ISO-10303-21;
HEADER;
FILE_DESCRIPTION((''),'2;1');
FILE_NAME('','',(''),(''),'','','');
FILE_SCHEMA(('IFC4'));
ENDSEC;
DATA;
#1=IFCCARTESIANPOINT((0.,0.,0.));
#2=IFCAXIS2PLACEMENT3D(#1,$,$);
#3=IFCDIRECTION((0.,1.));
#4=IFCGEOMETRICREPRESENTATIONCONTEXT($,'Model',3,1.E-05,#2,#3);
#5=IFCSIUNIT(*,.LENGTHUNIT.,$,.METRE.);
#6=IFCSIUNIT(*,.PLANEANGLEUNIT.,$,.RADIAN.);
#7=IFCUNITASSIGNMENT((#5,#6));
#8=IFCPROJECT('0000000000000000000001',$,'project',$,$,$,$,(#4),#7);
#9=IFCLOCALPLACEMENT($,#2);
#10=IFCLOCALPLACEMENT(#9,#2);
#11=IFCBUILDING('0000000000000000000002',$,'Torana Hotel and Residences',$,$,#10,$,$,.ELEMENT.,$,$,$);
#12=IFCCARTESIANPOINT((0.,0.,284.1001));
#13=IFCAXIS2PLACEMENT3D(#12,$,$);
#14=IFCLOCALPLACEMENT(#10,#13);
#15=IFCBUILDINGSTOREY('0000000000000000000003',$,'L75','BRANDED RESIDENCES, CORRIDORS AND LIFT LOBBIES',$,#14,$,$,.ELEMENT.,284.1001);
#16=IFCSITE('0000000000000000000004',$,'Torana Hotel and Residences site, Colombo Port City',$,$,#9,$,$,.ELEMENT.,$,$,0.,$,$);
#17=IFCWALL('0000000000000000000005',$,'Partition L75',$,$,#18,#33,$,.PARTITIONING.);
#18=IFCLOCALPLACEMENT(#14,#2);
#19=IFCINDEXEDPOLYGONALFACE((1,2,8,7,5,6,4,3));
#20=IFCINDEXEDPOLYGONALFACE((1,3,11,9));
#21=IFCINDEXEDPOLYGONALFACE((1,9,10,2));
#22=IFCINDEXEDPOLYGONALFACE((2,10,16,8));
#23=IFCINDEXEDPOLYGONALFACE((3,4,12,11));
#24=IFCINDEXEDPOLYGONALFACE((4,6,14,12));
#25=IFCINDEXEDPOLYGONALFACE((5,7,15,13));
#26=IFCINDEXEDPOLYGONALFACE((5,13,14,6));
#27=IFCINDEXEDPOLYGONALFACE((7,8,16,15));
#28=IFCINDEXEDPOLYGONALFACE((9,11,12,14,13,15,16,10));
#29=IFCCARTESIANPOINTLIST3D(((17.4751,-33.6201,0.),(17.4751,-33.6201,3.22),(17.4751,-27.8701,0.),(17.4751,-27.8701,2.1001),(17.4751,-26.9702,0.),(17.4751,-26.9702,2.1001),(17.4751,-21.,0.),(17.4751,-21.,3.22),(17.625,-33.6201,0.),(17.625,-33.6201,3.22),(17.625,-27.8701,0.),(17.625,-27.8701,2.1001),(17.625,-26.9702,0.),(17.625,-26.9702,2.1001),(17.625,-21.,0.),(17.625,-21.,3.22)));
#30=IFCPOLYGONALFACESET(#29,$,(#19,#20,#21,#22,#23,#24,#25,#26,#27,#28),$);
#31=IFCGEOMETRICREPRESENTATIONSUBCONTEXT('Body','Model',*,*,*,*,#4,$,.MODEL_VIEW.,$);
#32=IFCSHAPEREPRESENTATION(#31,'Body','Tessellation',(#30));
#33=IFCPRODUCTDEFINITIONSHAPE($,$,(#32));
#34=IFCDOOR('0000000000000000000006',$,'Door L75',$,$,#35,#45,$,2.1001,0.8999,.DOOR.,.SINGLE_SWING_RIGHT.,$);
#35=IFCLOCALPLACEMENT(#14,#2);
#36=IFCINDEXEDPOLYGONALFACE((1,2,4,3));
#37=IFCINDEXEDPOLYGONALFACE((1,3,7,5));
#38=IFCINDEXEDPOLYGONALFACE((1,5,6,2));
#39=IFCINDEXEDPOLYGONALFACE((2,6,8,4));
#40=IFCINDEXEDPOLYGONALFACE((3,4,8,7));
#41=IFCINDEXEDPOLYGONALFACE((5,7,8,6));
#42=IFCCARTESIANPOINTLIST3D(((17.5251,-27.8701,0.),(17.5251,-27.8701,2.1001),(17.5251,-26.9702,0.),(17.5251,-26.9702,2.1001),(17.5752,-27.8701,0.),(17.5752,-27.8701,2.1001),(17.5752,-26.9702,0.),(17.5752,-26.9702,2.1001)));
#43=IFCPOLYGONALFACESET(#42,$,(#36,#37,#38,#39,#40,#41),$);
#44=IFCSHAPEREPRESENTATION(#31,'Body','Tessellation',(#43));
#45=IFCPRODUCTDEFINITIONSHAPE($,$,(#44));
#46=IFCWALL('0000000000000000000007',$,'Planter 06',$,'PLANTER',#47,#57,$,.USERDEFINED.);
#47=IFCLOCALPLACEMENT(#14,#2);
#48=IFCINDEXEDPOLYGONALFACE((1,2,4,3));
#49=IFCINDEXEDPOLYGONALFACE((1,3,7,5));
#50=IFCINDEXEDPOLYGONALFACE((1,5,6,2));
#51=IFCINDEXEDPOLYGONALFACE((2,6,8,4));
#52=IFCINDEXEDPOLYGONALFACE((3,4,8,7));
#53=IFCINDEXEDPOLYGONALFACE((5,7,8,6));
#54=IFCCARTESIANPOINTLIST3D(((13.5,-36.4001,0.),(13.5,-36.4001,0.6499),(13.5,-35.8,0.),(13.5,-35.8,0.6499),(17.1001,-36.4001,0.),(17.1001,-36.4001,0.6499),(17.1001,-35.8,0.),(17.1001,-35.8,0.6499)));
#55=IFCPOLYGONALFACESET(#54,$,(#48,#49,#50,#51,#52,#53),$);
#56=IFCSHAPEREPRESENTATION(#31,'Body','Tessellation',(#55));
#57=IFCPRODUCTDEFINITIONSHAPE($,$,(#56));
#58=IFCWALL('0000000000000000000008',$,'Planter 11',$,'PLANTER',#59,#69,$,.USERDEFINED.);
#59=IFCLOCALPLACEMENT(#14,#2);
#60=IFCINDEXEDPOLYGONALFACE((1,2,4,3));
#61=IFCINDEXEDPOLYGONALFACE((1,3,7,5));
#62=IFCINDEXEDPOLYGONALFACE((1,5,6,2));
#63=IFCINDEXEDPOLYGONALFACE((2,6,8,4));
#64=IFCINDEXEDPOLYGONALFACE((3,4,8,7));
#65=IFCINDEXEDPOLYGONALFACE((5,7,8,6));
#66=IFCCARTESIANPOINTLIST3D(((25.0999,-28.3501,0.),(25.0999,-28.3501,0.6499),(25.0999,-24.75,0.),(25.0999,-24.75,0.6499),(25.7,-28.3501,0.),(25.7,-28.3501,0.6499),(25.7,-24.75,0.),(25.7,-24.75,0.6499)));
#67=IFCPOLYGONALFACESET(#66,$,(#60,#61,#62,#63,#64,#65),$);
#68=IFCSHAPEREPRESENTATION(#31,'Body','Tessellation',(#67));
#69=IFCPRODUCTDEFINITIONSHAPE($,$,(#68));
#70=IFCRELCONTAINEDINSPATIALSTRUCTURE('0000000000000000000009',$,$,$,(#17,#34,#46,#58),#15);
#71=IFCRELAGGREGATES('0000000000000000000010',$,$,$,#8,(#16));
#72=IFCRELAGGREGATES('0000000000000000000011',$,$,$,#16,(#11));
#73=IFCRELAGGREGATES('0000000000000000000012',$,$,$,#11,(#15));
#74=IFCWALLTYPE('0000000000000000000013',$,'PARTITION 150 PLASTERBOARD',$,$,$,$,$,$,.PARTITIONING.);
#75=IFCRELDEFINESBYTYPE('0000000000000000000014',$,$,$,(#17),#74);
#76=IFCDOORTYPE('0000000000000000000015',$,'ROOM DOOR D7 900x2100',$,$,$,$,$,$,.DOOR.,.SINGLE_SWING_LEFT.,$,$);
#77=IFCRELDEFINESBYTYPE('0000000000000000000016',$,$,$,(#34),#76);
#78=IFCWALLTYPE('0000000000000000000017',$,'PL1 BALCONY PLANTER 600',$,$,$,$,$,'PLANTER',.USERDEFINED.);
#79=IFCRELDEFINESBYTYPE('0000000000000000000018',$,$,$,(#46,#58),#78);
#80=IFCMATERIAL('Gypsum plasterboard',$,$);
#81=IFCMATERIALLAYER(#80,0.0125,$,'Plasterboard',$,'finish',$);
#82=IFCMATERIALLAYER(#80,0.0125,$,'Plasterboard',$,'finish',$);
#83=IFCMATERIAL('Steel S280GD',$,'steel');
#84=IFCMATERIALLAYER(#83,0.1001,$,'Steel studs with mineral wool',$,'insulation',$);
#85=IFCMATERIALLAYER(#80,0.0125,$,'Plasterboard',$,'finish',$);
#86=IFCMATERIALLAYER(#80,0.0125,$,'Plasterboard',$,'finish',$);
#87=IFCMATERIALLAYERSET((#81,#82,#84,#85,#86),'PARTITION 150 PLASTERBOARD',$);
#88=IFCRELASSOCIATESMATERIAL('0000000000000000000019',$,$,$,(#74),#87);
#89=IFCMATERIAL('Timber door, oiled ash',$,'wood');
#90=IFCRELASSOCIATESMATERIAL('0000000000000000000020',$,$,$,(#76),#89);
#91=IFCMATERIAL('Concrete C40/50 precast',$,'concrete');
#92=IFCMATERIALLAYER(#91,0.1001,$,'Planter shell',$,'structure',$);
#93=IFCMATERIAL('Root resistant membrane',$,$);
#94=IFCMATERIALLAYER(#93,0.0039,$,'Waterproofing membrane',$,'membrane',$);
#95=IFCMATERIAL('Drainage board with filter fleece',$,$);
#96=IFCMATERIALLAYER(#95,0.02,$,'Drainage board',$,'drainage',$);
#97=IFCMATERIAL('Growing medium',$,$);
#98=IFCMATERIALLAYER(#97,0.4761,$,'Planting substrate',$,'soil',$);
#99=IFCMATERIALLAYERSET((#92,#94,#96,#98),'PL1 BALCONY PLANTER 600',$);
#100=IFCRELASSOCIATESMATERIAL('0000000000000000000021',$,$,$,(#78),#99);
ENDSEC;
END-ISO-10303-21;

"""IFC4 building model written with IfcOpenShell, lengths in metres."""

from ifc_helpers import new_model, si_unit, direction, frame, frame_2d, origin, place, context, subcontext, project, spatial, rectangle, extrude, material, layer, layer_set, type_object, element, fill, save


model = new_model("IFC4")

# Units and contexts
model_context = context("Model", 3, precision=1e-05, world=origin(), true_north=direction((0.0, 1.0)))
body_context = subcontext(model_context, "Body", "Model", "MODEL_VIEW")
ifc_project = project(units=[si_unit("LENGTHUNIT", "METRE"), si_unit("PLANEANGLEUNIT", "RADIAN")], contexts=[model_context])

# Site, building, storey
site_placement = place(None, origin())
site = spatial("IfcSite", under=ifc_project, at=site_placement, Name="Torana Hotel and Residences site, Colombo Port City", CompositionType="ELEMENT", RefElevation=0.0)
building_placement = place(site_placement, origin())
building = spatial("IfcBuilding", under=site, at=building_placement, Name="Torana Hotel and Residences", CompositionType="ELEMENT")
storey_placement = place(building_placement, frame((0.0, 0.0, 284.1001)))
storey = spatial("IfcBuildingStorey", under=building, at=storey_placement, Name="L75", Description="BRANDED RESIDENCES, CORRIDORS AND LIFT LOBBIES", CompositionType="ELEMENT", Elevation=284.1001)

# Shared definitions
ifc_material_1 = material(Name="Steel S280GD", Category="steel")

# Wall, opening, door
ifc_material_2 = material(Name="Gypsum plasterboard")
ifc_layer_1 = layer(ifc_material_2, 0.0125, Name="Plasterboard", Category="finish")
ifc_layer_2 = layer(ifc_material_2, 0.0125, Name="Plasterboard", Category="finish")
ifc_layer_3 = layer(ifc_material_1, 0.1001, Name="Steel studs with mineral wool", Category="insulation")
ifc_layer_4 = layer(ifc_material_2, 0.0125, Name="Plasterboard", Category="finish")
ifc_layer_5 = layer(ifc_material_2, 0.0125, Name="Plasterboard", Category="finish")
ifc_layer_set_1 = layer_set([ifc_layer_1, ifc_layer_2, ifc_layer_3, ifc_layer_4, ifc_layer_5], Name="PARTITION 150 PLASTERBOARD")
wall_type_1 = type_object("IfcWallType", Name="PARTITION 150 PLASTERBOARD", PredefinedType="PARTITIONING", material=ifc_layer_set_1)
ifc_material_3 = material(Name="Timber door, oiled ash", Category="wood")
door_type_1 = type_object("IfcDoorType", Name="ROOM DOOR D7 900x2100", OperationType="SINGLE_SWING_LEFT", PredefinedType="DOOR", material=ifc_material_3)
wall_1_placement = place(storey_placement, frame((17.55, -33.6201, 0.0), z_axis=(0.0, 0.0, 1.0), x_axis=(0.0, 1.0, 0.0)))
wall_1 = element("IfcWall", 1, at=wall_1_placement, inside=storey, type_object=wall_type_1, Name="Partition L75", PredefinedType="PARTITIONING", context=body_context, shape_type="SweptSolid", body=[
    extrude(rectangle(XDim=12.6201, YDim=0.1499, at=frame_2d((6.3101, 0.0))), origin(), (0.0, 0.0, 1.0), 3.22),
])
opening_1_placement = place(wall_1_placement, frame((5.75, 0.0, 0.0)))
opening_1 = element("IfcOpeningElement", 2, at=opening_1_placement, cuts=wall_1, PredefinedType="OPENING", context=body_context, shape_type="SweptSolid", body=[
    extrude(rectangle(XDim=0.8999, YDim=2.1001, at=frame_2d((0.45, 1.05))), frame((0.0, 0.085, 0.0), z_axis=(0.0, -1.0, 0.0), x_axis=(1.0, 0.0, 0.0)), (0.0, 0.0, 1.0), 0.1699),
])
door_1_placement = place(opening_1_placement, origin())
door_1 = element("IfcDoor", 3, at=door_1_placement, inside=storey, type_object=door_type_1, Name="Door L75", OperationType="SINGLE_SWING_RIGHT", OverallHeight=2.1001, OverallWidth=0.8999, PredefinedType="DOOR", context=body_context, shape_type="SweptSolid", body=[
    extrude(rectangle(XDim=0.8999, YDim=2.1001, at=frame_2d((0.45, 1.05))), frame((0.0, 0.0249, 0.0), z_axis=(0.0, -1.0, 0.0), x_axis=(1.0, 0.0, 0.0)), (0.0, 0.0, 1.0), 0.05),
])
fill(opening_1, door_1)

# Walls
ifc_material_4 = material(Name="Concrete C40/50 precast", Category="concrete")
ifc_layer_6 = layer(ifc_material_4, 0.1001, Name="Planter shell", Category="structure")
ifc_material_5 = material(Name="Root resistant membrane")
ifc_layer_7 = layer(ifc_material_5, 0.0039, Name="Waterproofing membrane", Category="membrane")
ifc_material_6 = material(Name="Drainage board with filter fleece")
ifc_layer_8 = layer(ifc_material_6, 0.02, Name="Drainage board", Category="drainage")
ifc_material_7 = material(Name="Growing medium")
ifc_layer_9 = layer(ifc_material_7, 0.4761, Name="Planting substrate", Category="soil")
ifc_layer_set_2 = layer_set([ifc_layer_6, ifc_layer_7, ifc_layer_8, ifc_layer_9], Name="PL1 BALCONY PLANTER 600")
wall_type_2 = type_object("IfcWallType", Name="PL1 BALCONY PLANTER 600", ElementType="PLANTER", PredefinedType="USERDEFINED", material=ifc_layer_set_2)
for number, where, z_axis, x_axis, name in (
    (4, (17.1001, -36.1001, 0.0), (0.0, 0.0, 1.0), (-1.0, 0.0, 0.0), "Planter 06"),
    (5, (25.3999, -24.75, 0.0), (0.0, 0.0, 1.0), (0.0, -1.0, 0.0), "Planter 11"),
):
    element("IfcWall", number, at=place(storey_placement, frame(where, z_axis=z_axis, x_axis=x_axis)), inside=storey, type_object=wall_type_2, Name=name, ObjectType="PLANTER", PredefinedType="USERDEFINED", context=body_context, shape_type="SweptSolid", body=[
        extrude(rectangle(XDim=3.6001, YDim=0.6001, at=frame_2d((1.8, 0.0))), origin(), (0.0, 0.0, 1.0), 0.6499),
    ])

save(model, "model.ifc")
